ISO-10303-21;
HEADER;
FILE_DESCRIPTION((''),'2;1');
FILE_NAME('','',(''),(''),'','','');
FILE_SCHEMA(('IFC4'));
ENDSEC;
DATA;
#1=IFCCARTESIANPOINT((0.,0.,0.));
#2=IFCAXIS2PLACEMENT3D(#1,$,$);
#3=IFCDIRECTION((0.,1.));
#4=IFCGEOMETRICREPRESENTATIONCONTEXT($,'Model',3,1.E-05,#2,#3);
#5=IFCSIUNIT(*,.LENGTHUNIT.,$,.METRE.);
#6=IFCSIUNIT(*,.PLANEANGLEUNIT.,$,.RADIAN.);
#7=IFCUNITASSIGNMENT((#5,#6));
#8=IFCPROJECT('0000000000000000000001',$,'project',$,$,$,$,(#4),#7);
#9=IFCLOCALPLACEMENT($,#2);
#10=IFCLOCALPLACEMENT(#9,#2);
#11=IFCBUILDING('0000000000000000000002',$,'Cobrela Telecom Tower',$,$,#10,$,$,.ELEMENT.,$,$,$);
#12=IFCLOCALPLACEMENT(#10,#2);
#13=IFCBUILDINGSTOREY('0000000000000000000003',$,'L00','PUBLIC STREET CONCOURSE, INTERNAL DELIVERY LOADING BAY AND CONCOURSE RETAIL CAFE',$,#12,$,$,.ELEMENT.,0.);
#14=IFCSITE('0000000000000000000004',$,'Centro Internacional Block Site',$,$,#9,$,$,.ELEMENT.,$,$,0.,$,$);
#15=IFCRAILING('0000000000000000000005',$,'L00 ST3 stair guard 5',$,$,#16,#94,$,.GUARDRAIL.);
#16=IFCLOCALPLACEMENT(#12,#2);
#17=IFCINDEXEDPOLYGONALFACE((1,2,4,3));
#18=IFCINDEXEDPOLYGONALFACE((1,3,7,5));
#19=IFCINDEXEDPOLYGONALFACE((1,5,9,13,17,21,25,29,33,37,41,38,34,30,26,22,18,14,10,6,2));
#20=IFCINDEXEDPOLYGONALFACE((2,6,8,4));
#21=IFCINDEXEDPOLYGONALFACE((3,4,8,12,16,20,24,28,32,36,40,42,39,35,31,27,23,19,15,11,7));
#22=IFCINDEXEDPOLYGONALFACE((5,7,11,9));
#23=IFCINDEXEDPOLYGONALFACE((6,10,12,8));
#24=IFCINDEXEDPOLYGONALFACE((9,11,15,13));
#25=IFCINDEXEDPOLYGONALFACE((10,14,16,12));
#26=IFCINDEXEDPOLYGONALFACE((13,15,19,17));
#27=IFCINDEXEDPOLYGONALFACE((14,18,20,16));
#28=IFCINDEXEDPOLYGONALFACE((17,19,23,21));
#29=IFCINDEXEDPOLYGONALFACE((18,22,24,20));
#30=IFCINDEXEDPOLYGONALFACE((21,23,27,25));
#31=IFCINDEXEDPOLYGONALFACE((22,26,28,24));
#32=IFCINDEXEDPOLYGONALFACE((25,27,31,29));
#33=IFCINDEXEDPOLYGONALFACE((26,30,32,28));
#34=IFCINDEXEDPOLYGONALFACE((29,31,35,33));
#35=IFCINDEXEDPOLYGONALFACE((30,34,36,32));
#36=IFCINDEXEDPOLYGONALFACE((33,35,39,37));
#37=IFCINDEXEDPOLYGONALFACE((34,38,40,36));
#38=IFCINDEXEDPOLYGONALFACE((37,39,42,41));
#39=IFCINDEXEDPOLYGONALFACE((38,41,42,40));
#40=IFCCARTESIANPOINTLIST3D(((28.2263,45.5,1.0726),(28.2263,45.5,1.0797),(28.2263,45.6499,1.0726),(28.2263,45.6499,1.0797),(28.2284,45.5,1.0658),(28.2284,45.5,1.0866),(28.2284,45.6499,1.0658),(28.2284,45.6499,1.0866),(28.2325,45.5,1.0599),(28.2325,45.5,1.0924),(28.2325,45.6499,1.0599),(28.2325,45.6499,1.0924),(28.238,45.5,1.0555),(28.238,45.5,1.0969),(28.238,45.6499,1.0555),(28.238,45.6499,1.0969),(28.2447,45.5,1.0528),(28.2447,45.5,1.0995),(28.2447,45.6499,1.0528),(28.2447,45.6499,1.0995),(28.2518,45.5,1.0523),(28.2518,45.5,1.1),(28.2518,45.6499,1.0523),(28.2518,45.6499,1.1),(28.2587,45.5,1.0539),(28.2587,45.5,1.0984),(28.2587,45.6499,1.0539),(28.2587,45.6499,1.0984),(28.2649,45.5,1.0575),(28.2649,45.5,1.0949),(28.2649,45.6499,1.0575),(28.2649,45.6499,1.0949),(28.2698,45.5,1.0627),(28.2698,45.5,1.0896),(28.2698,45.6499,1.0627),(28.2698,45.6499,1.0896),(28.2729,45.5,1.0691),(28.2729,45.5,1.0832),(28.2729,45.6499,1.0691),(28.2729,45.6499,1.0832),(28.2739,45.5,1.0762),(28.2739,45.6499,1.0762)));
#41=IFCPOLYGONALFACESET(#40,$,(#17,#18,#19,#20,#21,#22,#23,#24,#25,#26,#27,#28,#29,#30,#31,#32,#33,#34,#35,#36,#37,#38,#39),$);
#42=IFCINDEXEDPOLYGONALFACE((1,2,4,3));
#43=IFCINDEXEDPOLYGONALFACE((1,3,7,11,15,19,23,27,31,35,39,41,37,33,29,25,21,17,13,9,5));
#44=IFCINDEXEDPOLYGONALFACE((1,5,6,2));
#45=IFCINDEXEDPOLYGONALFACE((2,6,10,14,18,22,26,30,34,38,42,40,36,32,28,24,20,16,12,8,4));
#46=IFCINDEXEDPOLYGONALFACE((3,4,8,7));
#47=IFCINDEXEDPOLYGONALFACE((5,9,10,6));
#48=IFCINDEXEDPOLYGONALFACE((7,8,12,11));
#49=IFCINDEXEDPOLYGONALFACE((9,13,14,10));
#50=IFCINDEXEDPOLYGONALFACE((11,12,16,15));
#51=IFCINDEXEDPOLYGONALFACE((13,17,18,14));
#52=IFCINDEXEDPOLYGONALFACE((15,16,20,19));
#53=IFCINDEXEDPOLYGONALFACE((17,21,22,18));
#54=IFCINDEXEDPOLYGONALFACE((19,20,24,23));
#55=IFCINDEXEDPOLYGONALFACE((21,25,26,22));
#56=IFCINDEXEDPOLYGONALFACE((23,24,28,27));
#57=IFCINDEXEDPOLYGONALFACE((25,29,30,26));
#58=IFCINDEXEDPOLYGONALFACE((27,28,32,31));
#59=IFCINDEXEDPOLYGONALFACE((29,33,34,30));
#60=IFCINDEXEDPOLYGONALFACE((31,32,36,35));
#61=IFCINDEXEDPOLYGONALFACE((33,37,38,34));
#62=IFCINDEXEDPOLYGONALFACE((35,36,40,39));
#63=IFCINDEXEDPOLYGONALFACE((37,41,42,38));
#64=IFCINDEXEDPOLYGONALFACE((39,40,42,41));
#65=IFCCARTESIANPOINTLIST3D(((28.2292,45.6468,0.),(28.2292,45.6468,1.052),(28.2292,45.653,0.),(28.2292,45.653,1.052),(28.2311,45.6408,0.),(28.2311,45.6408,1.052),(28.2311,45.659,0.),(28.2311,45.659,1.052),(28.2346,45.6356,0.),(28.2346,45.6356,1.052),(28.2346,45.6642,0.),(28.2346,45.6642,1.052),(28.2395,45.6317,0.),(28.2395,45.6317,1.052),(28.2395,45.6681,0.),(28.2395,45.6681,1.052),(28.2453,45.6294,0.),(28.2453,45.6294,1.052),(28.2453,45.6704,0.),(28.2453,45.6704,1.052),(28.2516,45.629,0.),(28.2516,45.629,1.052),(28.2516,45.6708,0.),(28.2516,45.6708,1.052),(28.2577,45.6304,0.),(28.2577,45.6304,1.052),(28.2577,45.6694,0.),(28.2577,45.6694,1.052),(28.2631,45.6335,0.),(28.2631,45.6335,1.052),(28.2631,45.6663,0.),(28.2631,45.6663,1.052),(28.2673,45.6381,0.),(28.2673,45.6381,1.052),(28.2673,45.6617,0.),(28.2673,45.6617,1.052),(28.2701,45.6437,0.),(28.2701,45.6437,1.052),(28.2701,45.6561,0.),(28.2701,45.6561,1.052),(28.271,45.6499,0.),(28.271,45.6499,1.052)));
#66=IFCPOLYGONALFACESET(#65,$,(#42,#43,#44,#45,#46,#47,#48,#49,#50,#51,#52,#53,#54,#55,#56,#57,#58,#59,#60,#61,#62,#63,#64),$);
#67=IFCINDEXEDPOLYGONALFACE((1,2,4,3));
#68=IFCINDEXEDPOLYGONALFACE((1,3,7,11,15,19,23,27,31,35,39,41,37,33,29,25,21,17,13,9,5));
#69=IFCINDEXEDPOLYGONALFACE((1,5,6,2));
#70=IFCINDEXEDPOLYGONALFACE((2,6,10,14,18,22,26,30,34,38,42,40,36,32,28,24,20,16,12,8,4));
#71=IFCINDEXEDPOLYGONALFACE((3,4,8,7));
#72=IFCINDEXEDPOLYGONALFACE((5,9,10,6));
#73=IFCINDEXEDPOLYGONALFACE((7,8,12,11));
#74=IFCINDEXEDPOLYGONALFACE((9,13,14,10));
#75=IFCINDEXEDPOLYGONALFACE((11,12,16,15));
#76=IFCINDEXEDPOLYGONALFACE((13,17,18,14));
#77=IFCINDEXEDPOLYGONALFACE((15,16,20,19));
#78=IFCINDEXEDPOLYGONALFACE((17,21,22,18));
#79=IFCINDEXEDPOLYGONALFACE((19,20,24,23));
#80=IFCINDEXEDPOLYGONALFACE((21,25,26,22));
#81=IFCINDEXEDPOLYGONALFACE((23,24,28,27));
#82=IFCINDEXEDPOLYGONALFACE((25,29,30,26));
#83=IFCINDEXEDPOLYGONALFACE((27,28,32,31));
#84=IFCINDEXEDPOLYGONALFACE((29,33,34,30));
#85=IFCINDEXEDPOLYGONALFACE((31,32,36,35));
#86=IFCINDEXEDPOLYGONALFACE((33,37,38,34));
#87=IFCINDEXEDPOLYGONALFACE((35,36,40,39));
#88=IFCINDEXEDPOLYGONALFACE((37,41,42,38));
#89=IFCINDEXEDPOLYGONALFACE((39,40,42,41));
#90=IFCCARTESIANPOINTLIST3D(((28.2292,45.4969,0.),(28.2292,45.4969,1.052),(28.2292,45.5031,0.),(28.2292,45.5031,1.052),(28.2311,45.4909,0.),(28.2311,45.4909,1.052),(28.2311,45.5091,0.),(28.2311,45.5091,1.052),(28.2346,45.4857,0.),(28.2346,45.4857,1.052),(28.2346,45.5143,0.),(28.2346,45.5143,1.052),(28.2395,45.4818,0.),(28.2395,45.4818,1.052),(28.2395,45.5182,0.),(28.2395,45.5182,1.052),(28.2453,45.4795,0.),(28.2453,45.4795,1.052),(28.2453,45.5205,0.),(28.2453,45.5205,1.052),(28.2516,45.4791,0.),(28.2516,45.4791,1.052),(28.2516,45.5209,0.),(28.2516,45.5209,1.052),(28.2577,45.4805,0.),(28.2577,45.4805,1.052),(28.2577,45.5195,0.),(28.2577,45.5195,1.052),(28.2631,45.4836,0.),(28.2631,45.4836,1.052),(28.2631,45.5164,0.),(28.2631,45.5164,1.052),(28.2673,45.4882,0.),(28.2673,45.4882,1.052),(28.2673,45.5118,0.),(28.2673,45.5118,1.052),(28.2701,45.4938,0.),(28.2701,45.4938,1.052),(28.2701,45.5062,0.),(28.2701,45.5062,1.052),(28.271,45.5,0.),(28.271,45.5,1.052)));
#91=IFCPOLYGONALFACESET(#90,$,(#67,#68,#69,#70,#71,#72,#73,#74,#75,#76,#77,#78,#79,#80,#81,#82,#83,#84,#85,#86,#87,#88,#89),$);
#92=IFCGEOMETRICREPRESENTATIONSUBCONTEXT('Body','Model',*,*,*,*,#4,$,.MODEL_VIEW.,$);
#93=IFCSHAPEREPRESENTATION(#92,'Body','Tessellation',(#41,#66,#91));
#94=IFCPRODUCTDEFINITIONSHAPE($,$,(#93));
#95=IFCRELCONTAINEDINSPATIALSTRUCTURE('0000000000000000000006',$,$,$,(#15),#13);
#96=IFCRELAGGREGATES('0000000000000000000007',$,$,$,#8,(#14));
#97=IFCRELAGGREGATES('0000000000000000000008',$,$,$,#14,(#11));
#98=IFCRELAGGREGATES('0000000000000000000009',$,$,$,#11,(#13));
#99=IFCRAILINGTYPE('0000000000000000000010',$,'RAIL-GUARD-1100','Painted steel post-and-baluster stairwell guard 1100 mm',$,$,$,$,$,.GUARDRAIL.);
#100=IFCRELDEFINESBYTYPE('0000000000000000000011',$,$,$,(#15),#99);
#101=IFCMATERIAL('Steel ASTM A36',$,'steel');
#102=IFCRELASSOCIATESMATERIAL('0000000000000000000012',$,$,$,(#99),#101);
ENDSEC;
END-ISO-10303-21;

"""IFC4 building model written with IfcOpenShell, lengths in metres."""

from ifc_helpers import new_model, si_unit, direction, frame, origin, origin_2d, place, context, subcontext, project, spatial, circle, extrude, material, type_object, element, save


model = new_model("IFC4")

# Units and contexts
model_context = context("Model", 3, precision=1e-05, world=origin(), true_north=direction((0.0, 1.0)))
body_context = subcontext(model_context, "Body", "Model", "MODEL_VIEW")
ifc_project = project(units=[si_unit("LENGTHUNIT", "METRE"), si_unit("PLANEANGLEUNIT", "RADIAN")], contexts=[model_context])

# Site, building, storey
site_placement = place(None, origin())
site = spatial("IfcSite", under=ifc_project, at=site_placement, Name="Centro Internacional Block Site", CompositionType="ELEMENT", RefElevation=0.0)
building_placement = place(site_placement, origin())
building = spatial("IfcBuilding", under=site, at=building_placement, Name="Cobrela Telecom Tower", CompositionType="ELEMENT")
storey_placement = place(building_placement, origin())
storey = spatial("IfcBuildingStorey", under=building, at=storey_placement, Name="L00", Description="PUBLIC STREET CONCOURSE, INTERNAL DELIVERY LOADING BAY AND CONCOURSE RETAIL CAFE", CompositionType="ELEMENT", Elevation=0.0)

# Railing
ifc_material_1 = material(Name="Steel ASTM A36", Category="steel")
railing_type_1 = type_object("IfcRailingType", Name="RAIL-GUARD-1100", Description="Painted steel post-and-baluster stairwell guard 1100 mm", PredefinedType="GUARDRAIL", material=ifc_material_1)
railing_1_placement = place(storey_placement, frame((28.25, 45.6499, 0.0)))
element("IfcRailing", 1, at=railing_1_placement, inside=storey, type_object=railing_type_1, Name="L00 ST3 stair guard 5", PredefinedType="GUARDRAIL", context=body_context, shape_type="SweptSolid", body=[
    extrude(circle(Radius=0.0239, at=origin_2d()), frame((0.0, 0.0, 1.0762), z_axis=(0.0, -1.0, 0.0), x_axis=(1.0, 0.0, 0.0)), (0.0, 0.0, 1.0), 0.1499),
    extrude(circle(Radius=0.021, at=origin_2d()), origin(), (0.0, 0.0, 1.0), 1.052),
    extrude(circle(Radius=0.021, at=origin_2d()), frame((0.0, -0.1499, 0.0)), (0.0, 0.0, 1.0), 1.052),
])

save(model, "model.ifc")
